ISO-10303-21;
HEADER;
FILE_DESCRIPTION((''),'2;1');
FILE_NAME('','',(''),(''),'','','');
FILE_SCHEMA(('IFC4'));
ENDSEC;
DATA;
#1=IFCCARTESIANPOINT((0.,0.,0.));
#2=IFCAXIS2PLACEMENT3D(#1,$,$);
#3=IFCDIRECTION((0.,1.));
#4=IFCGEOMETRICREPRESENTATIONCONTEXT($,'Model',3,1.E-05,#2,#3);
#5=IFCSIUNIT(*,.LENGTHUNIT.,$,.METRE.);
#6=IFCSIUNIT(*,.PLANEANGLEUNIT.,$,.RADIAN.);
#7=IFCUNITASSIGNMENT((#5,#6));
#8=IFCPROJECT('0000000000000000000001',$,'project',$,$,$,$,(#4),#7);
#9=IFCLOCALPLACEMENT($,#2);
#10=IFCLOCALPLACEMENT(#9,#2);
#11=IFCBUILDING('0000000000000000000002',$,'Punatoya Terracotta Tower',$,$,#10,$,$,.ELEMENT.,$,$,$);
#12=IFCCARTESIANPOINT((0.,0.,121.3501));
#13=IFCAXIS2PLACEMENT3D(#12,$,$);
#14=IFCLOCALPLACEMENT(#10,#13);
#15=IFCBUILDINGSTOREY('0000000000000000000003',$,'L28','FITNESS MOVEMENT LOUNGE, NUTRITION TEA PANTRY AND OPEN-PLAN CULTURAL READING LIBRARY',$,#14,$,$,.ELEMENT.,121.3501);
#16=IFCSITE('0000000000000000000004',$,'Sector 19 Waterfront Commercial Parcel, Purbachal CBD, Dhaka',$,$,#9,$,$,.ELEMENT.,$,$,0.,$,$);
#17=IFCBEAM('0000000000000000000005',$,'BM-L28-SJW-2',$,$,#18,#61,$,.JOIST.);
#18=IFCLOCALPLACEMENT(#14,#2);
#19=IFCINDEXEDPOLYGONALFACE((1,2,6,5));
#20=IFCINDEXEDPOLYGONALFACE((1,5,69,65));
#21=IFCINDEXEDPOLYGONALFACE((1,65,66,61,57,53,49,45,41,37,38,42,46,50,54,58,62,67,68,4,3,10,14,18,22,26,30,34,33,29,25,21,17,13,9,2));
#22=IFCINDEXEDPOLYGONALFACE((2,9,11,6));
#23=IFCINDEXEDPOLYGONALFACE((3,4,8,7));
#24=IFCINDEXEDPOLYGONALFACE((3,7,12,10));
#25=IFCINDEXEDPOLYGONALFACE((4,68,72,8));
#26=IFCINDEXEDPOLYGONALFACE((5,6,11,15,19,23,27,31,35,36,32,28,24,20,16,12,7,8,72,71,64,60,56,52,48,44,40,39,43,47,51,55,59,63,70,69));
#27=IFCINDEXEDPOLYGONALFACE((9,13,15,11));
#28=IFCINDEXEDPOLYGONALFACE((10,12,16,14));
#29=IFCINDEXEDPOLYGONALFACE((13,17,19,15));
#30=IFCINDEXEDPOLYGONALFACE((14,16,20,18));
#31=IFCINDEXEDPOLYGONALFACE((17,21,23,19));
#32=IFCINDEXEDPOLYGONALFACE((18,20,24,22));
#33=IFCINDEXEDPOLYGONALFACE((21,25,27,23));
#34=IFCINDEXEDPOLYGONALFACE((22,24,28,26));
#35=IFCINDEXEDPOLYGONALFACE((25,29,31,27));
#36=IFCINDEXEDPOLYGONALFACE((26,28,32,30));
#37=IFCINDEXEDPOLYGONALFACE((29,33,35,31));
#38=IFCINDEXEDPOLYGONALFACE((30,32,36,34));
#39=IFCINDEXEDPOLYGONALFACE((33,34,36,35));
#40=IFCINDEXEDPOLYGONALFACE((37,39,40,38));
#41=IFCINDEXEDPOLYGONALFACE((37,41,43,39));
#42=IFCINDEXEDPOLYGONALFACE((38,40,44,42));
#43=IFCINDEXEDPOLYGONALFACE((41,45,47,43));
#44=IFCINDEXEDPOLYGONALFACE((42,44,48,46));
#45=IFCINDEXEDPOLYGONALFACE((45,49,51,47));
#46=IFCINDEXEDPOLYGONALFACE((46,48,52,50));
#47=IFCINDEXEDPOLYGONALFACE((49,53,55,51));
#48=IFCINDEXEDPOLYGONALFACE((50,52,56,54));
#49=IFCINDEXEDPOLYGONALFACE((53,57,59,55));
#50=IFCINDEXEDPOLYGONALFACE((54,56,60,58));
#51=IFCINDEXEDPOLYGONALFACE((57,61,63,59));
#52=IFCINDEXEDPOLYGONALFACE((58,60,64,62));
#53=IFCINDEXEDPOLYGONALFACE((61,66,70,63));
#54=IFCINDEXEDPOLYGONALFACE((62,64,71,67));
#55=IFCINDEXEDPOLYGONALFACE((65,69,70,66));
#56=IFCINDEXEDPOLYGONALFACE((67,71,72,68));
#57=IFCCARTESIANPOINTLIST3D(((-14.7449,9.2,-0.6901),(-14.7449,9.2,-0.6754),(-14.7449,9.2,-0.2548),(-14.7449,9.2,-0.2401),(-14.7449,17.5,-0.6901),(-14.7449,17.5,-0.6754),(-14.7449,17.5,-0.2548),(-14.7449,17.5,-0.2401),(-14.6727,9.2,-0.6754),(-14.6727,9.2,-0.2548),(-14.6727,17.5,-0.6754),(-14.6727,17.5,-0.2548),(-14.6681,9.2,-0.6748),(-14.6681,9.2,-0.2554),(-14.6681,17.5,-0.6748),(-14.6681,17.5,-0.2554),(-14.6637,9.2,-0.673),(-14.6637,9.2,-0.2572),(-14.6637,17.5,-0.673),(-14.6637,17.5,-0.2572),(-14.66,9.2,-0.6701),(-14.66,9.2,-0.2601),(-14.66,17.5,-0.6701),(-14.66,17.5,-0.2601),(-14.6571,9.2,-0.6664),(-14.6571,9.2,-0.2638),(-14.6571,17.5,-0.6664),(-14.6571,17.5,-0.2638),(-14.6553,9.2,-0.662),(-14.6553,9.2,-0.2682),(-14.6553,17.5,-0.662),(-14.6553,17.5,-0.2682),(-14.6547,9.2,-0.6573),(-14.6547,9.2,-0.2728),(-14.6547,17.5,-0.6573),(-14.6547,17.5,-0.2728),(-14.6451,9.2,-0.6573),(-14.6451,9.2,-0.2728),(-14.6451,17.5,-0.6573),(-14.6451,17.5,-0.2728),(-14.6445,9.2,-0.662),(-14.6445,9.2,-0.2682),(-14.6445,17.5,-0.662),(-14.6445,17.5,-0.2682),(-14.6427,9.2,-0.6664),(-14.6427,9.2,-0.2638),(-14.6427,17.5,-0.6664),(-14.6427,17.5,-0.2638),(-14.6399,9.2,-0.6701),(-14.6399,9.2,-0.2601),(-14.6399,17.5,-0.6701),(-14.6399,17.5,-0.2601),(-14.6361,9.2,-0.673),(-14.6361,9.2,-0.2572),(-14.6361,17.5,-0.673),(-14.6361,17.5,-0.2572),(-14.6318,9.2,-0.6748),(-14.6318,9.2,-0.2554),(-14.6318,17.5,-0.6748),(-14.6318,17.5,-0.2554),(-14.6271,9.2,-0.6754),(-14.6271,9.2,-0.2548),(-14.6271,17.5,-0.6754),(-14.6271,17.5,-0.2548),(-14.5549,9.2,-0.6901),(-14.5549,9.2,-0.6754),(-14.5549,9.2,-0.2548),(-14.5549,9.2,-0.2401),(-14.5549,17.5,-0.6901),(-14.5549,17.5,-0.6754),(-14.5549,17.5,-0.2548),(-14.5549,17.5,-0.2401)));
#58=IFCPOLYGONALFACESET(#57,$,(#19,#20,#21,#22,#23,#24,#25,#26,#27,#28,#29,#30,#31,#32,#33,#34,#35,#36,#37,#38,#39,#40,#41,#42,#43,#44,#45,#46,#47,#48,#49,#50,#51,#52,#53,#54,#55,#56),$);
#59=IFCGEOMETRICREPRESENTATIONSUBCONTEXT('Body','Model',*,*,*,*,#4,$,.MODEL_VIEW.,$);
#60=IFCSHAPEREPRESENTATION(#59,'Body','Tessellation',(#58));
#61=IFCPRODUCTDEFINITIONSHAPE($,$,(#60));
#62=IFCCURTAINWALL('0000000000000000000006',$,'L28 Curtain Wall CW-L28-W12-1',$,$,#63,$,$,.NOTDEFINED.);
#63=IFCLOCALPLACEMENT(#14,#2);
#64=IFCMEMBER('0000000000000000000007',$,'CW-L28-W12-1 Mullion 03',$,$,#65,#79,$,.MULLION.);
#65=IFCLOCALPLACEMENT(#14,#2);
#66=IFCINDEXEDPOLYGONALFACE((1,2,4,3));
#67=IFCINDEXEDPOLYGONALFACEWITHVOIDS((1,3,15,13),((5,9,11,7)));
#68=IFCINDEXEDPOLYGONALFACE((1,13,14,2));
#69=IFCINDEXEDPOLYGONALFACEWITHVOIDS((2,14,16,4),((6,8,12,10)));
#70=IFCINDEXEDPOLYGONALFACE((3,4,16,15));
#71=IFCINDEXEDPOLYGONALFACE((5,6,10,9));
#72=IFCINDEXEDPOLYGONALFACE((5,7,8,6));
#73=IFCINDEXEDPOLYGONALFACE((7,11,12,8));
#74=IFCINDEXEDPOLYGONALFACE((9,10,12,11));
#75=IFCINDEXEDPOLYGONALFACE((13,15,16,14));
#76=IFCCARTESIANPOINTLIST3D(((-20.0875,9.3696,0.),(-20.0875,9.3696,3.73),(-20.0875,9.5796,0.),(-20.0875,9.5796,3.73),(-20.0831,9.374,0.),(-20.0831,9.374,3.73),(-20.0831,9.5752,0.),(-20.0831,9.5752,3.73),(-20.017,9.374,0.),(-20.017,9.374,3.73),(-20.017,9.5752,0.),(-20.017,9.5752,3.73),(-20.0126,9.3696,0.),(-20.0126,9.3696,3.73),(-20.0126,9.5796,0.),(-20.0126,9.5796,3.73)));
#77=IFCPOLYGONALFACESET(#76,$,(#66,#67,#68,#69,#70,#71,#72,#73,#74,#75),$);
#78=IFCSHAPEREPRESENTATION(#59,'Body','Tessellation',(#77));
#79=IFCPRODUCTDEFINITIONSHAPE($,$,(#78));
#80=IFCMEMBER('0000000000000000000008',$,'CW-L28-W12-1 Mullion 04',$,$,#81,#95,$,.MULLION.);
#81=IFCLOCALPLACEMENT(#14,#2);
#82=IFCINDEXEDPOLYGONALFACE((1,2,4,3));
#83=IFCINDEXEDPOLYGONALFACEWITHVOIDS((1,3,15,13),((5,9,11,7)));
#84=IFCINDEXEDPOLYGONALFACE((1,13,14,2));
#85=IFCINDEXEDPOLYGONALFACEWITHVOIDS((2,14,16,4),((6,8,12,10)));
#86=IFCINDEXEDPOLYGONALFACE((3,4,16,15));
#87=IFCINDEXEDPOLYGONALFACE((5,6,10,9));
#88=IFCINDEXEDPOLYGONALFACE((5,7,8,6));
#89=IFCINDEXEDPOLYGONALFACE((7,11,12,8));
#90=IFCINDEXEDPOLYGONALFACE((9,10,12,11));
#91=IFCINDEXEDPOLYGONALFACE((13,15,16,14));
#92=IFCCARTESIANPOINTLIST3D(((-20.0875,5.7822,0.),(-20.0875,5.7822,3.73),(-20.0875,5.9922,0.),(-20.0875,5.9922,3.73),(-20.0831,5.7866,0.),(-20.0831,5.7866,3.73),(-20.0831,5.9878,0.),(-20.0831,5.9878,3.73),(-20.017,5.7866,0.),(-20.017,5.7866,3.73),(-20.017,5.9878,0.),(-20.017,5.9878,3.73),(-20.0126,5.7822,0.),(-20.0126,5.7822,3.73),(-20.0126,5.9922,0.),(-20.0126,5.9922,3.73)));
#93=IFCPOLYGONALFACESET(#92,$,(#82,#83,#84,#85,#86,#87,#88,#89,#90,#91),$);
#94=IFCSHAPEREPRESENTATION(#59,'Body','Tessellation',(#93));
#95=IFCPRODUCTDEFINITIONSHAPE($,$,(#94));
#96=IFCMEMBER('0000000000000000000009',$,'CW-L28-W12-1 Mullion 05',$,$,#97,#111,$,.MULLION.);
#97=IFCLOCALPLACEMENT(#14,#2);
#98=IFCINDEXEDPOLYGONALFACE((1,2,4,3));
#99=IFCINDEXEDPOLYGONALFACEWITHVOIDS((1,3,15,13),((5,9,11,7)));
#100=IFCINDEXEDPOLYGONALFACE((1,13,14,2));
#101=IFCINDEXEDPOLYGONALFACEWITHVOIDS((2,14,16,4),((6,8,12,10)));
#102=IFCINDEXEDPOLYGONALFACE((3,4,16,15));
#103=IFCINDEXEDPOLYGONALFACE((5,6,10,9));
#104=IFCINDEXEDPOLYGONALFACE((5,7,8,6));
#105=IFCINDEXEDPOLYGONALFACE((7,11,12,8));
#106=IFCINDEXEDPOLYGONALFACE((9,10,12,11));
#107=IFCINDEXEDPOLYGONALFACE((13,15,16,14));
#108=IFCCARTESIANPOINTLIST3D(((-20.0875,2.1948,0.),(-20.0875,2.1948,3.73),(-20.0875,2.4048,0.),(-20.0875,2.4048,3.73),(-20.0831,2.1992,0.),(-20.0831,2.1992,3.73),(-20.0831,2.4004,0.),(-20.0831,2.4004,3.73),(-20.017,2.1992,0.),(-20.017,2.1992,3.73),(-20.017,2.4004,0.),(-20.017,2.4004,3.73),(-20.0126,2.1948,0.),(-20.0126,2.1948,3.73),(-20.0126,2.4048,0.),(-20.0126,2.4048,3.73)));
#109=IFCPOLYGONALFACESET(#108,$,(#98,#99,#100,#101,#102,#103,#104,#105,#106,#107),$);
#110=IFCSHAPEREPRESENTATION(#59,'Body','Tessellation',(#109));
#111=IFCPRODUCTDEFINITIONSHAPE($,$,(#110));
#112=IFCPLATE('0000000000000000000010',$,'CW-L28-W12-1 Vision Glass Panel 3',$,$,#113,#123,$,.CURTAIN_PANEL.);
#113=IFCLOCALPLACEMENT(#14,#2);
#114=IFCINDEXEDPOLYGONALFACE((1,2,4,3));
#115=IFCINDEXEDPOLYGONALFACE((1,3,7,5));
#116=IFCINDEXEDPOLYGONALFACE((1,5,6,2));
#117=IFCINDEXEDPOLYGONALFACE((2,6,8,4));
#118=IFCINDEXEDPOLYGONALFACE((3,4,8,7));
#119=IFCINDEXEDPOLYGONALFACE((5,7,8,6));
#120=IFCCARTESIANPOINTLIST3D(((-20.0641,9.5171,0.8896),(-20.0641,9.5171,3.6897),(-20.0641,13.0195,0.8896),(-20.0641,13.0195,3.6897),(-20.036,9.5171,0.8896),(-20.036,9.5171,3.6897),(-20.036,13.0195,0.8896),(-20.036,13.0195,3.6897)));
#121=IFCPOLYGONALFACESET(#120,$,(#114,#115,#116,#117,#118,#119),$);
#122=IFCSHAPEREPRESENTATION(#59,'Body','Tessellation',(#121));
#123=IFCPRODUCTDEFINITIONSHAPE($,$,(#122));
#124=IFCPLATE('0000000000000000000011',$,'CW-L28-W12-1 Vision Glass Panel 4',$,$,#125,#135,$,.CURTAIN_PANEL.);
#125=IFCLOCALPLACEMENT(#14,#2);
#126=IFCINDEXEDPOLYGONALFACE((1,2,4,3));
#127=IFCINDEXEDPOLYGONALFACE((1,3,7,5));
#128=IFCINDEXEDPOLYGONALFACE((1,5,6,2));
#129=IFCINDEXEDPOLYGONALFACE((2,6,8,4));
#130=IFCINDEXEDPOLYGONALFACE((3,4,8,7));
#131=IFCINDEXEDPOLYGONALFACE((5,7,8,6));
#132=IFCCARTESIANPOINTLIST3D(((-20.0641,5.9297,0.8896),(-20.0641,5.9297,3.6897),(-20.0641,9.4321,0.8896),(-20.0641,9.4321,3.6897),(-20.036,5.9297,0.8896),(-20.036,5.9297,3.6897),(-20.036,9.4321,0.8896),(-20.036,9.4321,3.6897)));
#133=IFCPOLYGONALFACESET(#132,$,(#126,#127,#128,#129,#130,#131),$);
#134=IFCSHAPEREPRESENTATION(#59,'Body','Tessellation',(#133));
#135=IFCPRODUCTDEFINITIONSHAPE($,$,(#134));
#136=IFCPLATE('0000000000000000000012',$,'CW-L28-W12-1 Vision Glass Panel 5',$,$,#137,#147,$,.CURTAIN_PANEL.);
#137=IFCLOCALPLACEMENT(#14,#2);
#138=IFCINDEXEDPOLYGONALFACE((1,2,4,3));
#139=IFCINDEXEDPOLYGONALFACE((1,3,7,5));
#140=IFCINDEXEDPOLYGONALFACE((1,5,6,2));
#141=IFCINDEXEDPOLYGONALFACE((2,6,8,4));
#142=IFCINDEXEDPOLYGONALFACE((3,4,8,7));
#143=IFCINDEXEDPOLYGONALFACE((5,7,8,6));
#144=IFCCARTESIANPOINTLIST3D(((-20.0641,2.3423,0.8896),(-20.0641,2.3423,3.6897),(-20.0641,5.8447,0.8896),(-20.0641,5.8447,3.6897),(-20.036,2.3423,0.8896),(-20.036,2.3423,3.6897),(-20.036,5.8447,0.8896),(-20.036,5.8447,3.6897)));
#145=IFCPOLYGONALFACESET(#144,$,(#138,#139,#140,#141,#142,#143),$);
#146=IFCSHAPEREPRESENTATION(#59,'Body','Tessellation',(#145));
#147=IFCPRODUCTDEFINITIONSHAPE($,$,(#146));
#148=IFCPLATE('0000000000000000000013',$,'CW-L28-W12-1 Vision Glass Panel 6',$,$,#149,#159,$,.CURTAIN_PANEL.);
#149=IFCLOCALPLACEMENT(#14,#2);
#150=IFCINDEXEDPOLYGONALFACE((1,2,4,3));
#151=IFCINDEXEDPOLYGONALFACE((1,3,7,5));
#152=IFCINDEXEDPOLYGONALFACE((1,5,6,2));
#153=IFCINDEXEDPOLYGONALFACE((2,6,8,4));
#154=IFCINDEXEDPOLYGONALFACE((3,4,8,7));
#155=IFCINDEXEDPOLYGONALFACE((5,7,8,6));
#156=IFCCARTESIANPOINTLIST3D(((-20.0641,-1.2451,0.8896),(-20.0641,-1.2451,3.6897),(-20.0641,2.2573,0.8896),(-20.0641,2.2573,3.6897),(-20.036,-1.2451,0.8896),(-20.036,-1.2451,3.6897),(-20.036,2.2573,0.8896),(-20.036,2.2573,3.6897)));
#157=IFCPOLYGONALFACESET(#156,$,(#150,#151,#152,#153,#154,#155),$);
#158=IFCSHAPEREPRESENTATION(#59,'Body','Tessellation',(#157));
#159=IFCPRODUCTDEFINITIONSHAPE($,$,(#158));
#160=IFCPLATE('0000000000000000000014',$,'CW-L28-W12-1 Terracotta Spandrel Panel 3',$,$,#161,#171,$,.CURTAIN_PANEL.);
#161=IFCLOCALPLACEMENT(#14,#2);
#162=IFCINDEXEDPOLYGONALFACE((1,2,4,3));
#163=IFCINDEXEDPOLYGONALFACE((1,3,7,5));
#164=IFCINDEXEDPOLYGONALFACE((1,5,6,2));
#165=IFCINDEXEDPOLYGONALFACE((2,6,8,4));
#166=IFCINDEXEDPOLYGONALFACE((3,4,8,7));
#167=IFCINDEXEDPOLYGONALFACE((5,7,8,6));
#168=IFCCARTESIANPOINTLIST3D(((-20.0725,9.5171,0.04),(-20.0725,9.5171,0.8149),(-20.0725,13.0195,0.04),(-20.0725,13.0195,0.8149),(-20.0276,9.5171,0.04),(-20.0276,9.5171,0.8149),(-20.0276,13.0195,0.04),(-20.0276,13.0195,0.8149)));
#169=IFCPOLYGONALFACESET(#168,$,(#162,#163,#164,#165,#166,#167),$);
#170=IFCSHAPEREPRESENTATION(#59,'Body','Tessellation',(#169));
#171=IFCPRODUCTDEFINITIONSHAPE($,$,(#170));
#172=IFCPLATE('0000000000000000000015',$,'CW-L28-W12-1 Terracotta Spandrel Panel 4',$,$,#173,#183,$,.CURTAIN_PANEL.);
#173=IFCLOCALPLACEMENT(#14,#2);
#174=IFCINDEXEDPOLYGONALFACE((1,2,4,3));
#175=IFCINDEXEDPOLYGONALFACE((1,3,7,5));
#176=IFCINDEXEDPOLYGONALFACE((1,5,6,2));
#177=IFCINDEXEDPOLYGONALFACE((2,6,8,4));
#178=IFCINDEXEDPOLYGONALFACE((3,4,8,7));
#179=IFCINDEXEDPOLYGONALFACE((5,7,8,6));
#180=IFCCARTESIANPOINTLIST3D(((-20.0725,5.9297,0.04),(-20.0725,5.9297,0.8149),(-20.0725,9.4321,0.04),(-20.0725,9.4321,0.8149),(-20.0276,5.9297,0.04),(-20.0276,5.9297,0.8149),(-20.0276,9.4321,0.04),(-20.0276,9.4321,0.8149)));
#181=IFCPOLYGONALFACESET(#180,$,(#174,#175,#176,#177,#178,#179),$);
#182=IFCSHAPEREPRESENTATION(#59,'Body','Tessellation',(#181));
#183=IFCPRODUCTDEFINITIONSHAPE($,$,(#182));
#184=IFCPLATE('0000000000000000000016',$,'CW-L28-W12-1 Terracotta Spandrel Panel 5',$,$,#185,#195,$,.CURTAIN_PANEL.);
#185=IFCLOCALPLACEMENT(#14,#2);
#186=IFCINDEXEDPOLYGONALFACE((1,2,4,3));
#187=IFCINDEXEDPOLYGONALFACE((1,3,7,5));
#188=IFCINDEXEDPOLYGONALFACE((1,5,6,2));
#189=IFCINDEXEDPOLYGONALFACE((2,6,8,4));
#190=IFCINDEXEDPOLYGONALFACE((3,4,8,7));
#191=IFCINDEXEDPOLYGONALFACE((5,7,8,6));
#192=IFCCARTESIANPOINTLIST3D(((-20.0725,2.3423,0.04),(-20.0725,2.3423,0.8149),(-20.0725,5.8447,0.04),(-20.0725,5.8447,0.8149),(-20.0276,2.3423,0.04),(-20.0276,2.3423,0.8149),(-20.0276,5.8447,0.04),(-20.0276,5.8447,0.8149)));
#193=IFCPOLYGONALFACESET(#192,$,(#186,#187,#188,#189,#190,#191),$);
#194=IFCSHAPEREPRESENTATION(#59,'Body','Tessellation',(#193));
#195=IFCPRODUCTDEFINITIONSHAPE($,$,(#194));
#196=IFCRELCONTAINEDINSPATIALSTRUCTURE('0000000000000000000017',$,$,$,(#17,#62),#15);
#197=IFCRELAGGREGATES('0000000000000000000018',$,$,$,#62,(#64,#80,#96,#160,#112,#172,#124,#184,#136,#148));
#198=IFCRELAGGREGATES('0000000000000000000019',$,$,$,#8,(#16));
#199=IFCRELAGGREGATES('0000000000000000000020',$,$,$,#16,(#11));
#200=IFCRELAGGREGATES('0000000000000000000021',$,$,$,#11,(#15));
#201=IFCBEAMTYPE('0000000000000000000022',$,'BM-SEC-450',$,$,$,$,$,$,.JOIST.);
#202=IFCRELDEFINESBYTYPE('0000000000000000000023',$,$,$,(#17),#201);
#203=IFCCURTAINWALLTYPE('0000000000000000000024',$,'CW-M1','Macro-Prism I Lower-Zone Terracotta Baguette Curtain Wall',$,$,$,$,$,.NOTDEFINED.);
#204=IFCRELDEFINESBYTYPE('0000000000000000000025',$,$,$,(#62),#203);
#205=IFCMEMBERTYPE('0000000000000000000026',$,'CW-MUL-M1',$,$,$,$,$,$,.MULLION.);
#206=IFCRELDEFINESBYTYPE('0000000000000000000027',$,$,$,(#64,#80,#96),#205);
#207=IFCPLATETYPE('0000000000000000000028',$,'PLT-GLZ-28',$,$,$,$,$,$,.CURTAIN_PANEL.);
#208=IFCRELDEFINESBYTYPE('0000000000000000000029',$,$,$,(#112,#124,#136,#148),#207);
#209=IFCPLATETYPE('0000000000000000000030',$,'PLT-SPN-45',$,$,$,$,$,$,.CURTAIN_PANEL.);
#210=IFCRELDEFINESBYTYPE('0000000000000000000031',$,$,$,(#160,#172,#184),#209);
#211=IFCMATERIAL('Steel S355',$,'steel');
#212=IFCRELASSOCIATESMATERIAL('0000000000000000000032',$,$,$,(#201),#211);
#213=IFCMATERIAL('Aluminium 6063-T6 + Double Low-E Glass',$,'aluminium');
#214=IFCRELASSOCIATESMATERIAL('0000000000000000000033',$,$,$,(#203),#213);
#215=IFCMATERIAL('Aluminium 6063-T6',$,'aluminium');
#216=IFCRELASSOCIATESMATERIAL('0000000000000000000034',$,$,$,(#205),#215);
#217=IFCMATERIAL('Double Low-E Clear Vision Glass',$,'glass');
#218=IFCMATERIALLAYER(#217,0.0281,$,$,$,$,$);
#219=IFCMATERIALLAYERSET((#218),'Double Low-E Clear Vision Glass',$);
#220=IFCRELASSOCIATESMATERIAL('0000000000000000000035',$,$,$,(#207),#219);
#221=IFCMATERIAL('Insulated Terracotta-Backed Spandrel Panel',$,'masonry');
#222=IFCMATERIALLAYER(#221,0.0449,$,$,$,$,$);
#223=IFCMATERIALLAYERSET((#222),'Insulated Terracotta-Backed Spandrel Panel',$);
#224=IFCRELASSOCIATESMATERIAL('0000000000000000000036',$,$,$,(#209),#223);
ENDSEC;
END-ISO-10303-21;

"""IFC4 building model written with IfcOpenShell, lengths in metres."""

from ifc_helpers import new_model, si_unit, direction, frame, origin, origin_2d, place, context, subcontext, project, spatial, rectangle, hollow_rectangle, i_section, extrude, material, layer, layer_set, material_profile, profile_set, type_object, element, aggregate, save


model = new_model("IFC4")

# Units and contexts
model_context = context("Model", 3, precision=1e-05, world=origin(), true_north=direction((0.0, 1.0)))
body_context = subcontext(model_context, "Body", "Model", "MODEL_VIEW")
ifc_project = project(units=[si_unit("LENGTHUNIT", "METRE"), si_unit("PLANEANGLEUNIT", "RADIAN")], contexts=[model_context])

# Site, building, storey
site_placement = place(None, origin())
site = spatial("IfcSite", under=ifc_project, at=site_placement, Name="Sector 19 Waterfront Commercial Parcel, Purbachal CBD, Dhaka", CompositionType="ELEMENT", RefElevation=0.0)
building_placement = place(site_placement, origin())
building = spatial("IfcBuilding", under=site, at=building_placement, Name="Punatoya Terracotta Tower", CompositionType="ELEMENT")
storey_placement = place(building_placement, frame((0.0, 0.0, 121.3501)))
storey = spatial("IfcBuildingStorey", under=building, at=storey_placement, Name="L28", Description="FITNESS MOVEMENT LOUNGE, NUTRITION TEA PANTRY AND OPEN-PLAN CULTURAL READING LIBRARY", CompositionType="ELEMENT", Elevation=121.3501)

# Beam
ifc_material_1 = material(Name="Steel S355", Category="steel")
ifc_material_profile_1 = material_profile(ifc_material_1, i_section(OverallWidth=0.1899, OverallDepth=0.45, WebThickness=0.0095, FlangeThickness=0.0146, FilletRadius=0.0181, at=origin_2d()))
ifc_profile_set_1 = profile_set([ifc_material_profile_1], Name="Steel S355")
beam_type_1 = type_object("IfcBeamType", Name="BM-SEC-450", PredefinedType="JOIST", material=ifc_profile_set_1)
beam_1_placement = place(storey_placement, frame((-14.6499, 9.2, -0.4651), z_axis=(0.0, 1.0, 0.0), x_axis=(-1.0, 0.0, 0.0)))
element("IfcBeam", 1, at=beam_1_placement, inside=storey, type_object=beam_type_1, Name="BM-L28-SJW-2", PredefinedType="JOIST", context=body_context, shape_type="SweptSolid", body=[
    extrude(i_section(OverallWidth=0.1899, OverallDepth=0.45, WebThickness=0.0095, FlangeThickness=0.0146, FilletRadius=0.0181, at=origin_2d()), origin(), (0.0, 0.0, 1.0), 8.3),
])

# Curtain wall, members, plates
ifc_material_2 = material(Name="Aluminium 6063-T6 + Double Low-E Glass", Category="aluminium")
curtain_wall_type = type_object("IfcCurtainWallType", Name="CW-M1", Description="Macro-Prism I Lower-Zone Terracotta Baguette Curtain Wall", PredefinedType="NOTDEFINED", material=ifc_material_2)
curtain_wall_placement = place(storey_placement, origin())
curtain_wall = element("IfcCurtainWall", 2, at=curtain_wall_placement, inside=storey, type_object=curtain_wall_type, Name="L28 Curtain Wall CW-L28-W12-1", PredefinedType="NOTDEFINED")
ifc_material_3 = material(Name="Aluminium 6063-T6", Category="aluminium")
ifc_material_profile_2 = material_profile(ifc_material_3, hollow_rectangle(XDim=0.075, YDim=0.21, WallThickness=0.0044, at=origin_2d()))
ifc_profile_set_2 = profile_set([ifc_material_profile_2], Name="Aluminium 6063-T6")
member_type = type_object("IfcMemberType", Name="CW-MUL-M1", PredefinedType="MULLION", material=ifc_profile_set_2)
member_1_placement = place(storey_placement, frame((-20.05, 9.4746, 0.0), z_axis=(0.0, 0.0, 1.0), x_axis=(1.0, 0.0, 0.0)))
member_1 = element("IfcMember", 3, at=member_1_placement, type_object=member_type, Name="CW-L28-W12-1 Mullion 03", PredefinedType="MULLION", context=body_context, shape_type="SweptSolid", body=[
    extrude(hollow_rectangle(XDim=0.075, YDim=0.21, WallThickness=0.0044, at=origin_2d()), origin(), (0.0, 0.0, 1.0), 3.73),
])
member_2_placement = place(storey_placement, frame((-20.05, 5.8872, 0.0), z_axis=(0.0, 0.0, 1.0), x_axis=(1.0, 0.0, 0.0)))
member_2 = element("IfcMember", 4, at=member_2_placement, type_object=member_type, Name="CW-L28-W12-1 Mullion 04", PredefinedType="MULLION", context=body_context, shape_type="SweptSolid", body=[
    extrude(hollow_rectangle(XDim=0.075, YDim=0.21, WallThickness=0.0044, at=origin_2d()), origin(), (0.0, 0.0, 1.0), 3.73),
])
member_3_placement = place(storey_placement, frame((-20.05, 2.2998, 0.0), z_axis=(0.0, 0.0, 1.0), x_axis=(1.0, 0.0, 0.0)))
member_3 = element("IfcMember", 5, at=member_3_placement, type_object=member_type, Name="CW-L28-W12-1 Mullion 05", PredefinedType="MULLION", context=body_context, shape_type="SweptSolid", body=[
    extrude(hollow_rectangle(XDim=0.075, YDim=0.21, WallThickness=0.0044, at=origin_2d()), origin(), (0.0, 0.0, 1.0), 3.73),
])
ifc_material_4 = material(Name="Double Low-E Clear Vision Glass", Category="glass")
ifc_layer_1 = layer(ifc_material_4, 0.0281)
ifc_layer_set_1 = layer_set([ifc_layer_1], Name="Double Low-E Clear Vision Glass")
plate_type_1 = type_object("IfcPlateType", Name="PLT-GLZ-28", PredefinedType="CURTAIN_PANEL", material=ifc_layer_set_1)
plate_1_placement = place(storey_placement, frame((-20.05, 11.2683, 0.8896), z_axis=(0.0, 0.0, 1.0), x_axis=(0.0, -1.0, 0.0)))
plate_1 = element("IfcPlate", 6, at=plate_1_placement, type_object=plate_type_1, Name="CW-L28-W12-1 Vision Glass Panel 3", PredefinedType="CURTAIN_PANEL", context=body_context, shape_type="SweptSolid", body=[
    extrude(rectangle(XDim=3.5024, YDim=0.0281, at=origin_2d()), origin(), (0.0, 0.0, 1.0), 2.8),
])
plate_2_placement = place(storey_placement, frame((-20.05, 7.6809, 0.8896), z_axis=(0.0, 0.0, 1.0), x_axis=(0.0, -1.0, 0.0)))
plate_2 = element("IfcPlate", 7, at=plate_2_placement, type_object=plate_type_1, Name="CW-L28-W12-1 Vision Glass Panel 4", PredefinedType="CURTAIN_PANEL", context=body_context, shape_type="SweptSolid", body=[
    extrude(rectangle(XDim=3.5024, YDim=0.0281, at=origin_2d()), origin(), (0.0, 0.0, 1.0), 2.8),
])
plate_3_placement = place(storey_placement, frame((-20.05, 4.0935, 0.8896), z_axis=(0.0, 0.0, 1.0), x_axis=(0.0, -1.0, 0.0)))
plate_3 = element("IfcPlate", 8, at=plate_3_placement, type_object=plate_type_1, Name="CW-L28-W12-1 Vision Glass Panel 5", PredefinedType="CURTAIN_PANEL", context=body_context, shape_type="SweptSolid", body=[
    extrude(rectangle(XDim=3.5024, YDim=0.0281, at=origin_2d()), origin(), (0.0, 0.0, 1.0), 2.8),
])
plate_4_placement = place(storey_placement, frame((-20.05, 0.5061, 0.8896), z_axis=(0.0, 0.0, 1.0), x_axis=(0.0, -1.0, 0.0)))
plate_4 = element("IfcPlate", 9, at=plate_4_placement, type_object=plate_type_1, Name="CW-L28-W12-1 Vision Glass Panel 6", PredefinedType="CURTAIN_PANEL", context=body_context, shape_type="SweptSolid", body=[
    extrude(rectangle(XDim=3.5024, YDim=0.0281, at=origin_2d()), origin(), (0.0, 0.0, 1.0), 2.8),
])
ifc_material_5 = material(Name="Insulated Terracotta-Backed Spandrel Panel", Category="masonry")
ifc_layer_2 = layer(ifc_material_5, 0.0449)
ifc_layer_set_2 = layer_set([ifc_layer_2], Name="Insulated Terracotta-Backed Spandrel Panel")
plate_type_2 = type_object("IfcPlateType", Name="PLT-SPN-45", PredefinedType="CURTAIN_PANEL", material=ifc_layer_set_2)
plate_5_placement = place(storey_placement, frame((-20.05, 11.2683, 0.04), z_axis=(0.0, 0.0, 1.0), x_axis=(0.0, -1.0, 0.0)))
plate_5 = element("IfcPlate", 10, at=plate_5_placement, type_object=plate_type_2, Name="CW-L28-W12-1 Terracotta Spandrel Panel 3", PredefinedType="CURTAIN_PANEL", context=body_context, shape_type="SweptSolid", body=[
    extrude(rectangle(XDim=3.5024, YDim=0.0449, at=origin_2d()), origin(), (0.0, 0.0, 1.0), 0.7749),
])
plate_6_placement = place(storey_placement, frame((-20.05, 7.6809, 0.04), z_axis=(0.0, 0.0, 1.0), x_axis=(0.0, -1.0, 0.0)))
plate_6 = element("IfcPlate", 11, at=plate_6_placement, type_object=plate_type_2, Name="CW-L28-W12-1 Terracotta Spandrel Panel 4", PredefinedType="CURTAIN_PANEL", context=body_context, shape_type="SweptSolid", body=[
    extrude(rectangle(XDim=3.5024, YDim=0.0449, at=origin_2d()), origin(), (0.0, 0.0, 1.0), 0.7749),
])
plate_7_placement = place(storey_placement, frame((-20.05, 4.0935, 0.04), z_axis=(0.0, 0.0, 1.0), x_axis=(0.0, -1.0, 0.0)))
plate_7 = element("IfcPlate", 12, at=plate_7_placement, type_object=plate_type_2, Name="CW-L28-W12-1 Terracotta Spandrel Panel 5", PredefinedType="CURTAIN_PANEL", context=body_context, shape_type="SweptSolid", body=[
    extrude(rectangle(XDim=3.5024, YDim=0.0449, at=origin_2d()), origin(), (0.0, 0.0, 1.0), 0.7749),
])
aggregate(curtain_wall, [member_1, member_2, member_3, plate_5, plate_1, plate_6, plate_2, plate_7, plate_3, plate_4])

save(model, "model.ifc")
